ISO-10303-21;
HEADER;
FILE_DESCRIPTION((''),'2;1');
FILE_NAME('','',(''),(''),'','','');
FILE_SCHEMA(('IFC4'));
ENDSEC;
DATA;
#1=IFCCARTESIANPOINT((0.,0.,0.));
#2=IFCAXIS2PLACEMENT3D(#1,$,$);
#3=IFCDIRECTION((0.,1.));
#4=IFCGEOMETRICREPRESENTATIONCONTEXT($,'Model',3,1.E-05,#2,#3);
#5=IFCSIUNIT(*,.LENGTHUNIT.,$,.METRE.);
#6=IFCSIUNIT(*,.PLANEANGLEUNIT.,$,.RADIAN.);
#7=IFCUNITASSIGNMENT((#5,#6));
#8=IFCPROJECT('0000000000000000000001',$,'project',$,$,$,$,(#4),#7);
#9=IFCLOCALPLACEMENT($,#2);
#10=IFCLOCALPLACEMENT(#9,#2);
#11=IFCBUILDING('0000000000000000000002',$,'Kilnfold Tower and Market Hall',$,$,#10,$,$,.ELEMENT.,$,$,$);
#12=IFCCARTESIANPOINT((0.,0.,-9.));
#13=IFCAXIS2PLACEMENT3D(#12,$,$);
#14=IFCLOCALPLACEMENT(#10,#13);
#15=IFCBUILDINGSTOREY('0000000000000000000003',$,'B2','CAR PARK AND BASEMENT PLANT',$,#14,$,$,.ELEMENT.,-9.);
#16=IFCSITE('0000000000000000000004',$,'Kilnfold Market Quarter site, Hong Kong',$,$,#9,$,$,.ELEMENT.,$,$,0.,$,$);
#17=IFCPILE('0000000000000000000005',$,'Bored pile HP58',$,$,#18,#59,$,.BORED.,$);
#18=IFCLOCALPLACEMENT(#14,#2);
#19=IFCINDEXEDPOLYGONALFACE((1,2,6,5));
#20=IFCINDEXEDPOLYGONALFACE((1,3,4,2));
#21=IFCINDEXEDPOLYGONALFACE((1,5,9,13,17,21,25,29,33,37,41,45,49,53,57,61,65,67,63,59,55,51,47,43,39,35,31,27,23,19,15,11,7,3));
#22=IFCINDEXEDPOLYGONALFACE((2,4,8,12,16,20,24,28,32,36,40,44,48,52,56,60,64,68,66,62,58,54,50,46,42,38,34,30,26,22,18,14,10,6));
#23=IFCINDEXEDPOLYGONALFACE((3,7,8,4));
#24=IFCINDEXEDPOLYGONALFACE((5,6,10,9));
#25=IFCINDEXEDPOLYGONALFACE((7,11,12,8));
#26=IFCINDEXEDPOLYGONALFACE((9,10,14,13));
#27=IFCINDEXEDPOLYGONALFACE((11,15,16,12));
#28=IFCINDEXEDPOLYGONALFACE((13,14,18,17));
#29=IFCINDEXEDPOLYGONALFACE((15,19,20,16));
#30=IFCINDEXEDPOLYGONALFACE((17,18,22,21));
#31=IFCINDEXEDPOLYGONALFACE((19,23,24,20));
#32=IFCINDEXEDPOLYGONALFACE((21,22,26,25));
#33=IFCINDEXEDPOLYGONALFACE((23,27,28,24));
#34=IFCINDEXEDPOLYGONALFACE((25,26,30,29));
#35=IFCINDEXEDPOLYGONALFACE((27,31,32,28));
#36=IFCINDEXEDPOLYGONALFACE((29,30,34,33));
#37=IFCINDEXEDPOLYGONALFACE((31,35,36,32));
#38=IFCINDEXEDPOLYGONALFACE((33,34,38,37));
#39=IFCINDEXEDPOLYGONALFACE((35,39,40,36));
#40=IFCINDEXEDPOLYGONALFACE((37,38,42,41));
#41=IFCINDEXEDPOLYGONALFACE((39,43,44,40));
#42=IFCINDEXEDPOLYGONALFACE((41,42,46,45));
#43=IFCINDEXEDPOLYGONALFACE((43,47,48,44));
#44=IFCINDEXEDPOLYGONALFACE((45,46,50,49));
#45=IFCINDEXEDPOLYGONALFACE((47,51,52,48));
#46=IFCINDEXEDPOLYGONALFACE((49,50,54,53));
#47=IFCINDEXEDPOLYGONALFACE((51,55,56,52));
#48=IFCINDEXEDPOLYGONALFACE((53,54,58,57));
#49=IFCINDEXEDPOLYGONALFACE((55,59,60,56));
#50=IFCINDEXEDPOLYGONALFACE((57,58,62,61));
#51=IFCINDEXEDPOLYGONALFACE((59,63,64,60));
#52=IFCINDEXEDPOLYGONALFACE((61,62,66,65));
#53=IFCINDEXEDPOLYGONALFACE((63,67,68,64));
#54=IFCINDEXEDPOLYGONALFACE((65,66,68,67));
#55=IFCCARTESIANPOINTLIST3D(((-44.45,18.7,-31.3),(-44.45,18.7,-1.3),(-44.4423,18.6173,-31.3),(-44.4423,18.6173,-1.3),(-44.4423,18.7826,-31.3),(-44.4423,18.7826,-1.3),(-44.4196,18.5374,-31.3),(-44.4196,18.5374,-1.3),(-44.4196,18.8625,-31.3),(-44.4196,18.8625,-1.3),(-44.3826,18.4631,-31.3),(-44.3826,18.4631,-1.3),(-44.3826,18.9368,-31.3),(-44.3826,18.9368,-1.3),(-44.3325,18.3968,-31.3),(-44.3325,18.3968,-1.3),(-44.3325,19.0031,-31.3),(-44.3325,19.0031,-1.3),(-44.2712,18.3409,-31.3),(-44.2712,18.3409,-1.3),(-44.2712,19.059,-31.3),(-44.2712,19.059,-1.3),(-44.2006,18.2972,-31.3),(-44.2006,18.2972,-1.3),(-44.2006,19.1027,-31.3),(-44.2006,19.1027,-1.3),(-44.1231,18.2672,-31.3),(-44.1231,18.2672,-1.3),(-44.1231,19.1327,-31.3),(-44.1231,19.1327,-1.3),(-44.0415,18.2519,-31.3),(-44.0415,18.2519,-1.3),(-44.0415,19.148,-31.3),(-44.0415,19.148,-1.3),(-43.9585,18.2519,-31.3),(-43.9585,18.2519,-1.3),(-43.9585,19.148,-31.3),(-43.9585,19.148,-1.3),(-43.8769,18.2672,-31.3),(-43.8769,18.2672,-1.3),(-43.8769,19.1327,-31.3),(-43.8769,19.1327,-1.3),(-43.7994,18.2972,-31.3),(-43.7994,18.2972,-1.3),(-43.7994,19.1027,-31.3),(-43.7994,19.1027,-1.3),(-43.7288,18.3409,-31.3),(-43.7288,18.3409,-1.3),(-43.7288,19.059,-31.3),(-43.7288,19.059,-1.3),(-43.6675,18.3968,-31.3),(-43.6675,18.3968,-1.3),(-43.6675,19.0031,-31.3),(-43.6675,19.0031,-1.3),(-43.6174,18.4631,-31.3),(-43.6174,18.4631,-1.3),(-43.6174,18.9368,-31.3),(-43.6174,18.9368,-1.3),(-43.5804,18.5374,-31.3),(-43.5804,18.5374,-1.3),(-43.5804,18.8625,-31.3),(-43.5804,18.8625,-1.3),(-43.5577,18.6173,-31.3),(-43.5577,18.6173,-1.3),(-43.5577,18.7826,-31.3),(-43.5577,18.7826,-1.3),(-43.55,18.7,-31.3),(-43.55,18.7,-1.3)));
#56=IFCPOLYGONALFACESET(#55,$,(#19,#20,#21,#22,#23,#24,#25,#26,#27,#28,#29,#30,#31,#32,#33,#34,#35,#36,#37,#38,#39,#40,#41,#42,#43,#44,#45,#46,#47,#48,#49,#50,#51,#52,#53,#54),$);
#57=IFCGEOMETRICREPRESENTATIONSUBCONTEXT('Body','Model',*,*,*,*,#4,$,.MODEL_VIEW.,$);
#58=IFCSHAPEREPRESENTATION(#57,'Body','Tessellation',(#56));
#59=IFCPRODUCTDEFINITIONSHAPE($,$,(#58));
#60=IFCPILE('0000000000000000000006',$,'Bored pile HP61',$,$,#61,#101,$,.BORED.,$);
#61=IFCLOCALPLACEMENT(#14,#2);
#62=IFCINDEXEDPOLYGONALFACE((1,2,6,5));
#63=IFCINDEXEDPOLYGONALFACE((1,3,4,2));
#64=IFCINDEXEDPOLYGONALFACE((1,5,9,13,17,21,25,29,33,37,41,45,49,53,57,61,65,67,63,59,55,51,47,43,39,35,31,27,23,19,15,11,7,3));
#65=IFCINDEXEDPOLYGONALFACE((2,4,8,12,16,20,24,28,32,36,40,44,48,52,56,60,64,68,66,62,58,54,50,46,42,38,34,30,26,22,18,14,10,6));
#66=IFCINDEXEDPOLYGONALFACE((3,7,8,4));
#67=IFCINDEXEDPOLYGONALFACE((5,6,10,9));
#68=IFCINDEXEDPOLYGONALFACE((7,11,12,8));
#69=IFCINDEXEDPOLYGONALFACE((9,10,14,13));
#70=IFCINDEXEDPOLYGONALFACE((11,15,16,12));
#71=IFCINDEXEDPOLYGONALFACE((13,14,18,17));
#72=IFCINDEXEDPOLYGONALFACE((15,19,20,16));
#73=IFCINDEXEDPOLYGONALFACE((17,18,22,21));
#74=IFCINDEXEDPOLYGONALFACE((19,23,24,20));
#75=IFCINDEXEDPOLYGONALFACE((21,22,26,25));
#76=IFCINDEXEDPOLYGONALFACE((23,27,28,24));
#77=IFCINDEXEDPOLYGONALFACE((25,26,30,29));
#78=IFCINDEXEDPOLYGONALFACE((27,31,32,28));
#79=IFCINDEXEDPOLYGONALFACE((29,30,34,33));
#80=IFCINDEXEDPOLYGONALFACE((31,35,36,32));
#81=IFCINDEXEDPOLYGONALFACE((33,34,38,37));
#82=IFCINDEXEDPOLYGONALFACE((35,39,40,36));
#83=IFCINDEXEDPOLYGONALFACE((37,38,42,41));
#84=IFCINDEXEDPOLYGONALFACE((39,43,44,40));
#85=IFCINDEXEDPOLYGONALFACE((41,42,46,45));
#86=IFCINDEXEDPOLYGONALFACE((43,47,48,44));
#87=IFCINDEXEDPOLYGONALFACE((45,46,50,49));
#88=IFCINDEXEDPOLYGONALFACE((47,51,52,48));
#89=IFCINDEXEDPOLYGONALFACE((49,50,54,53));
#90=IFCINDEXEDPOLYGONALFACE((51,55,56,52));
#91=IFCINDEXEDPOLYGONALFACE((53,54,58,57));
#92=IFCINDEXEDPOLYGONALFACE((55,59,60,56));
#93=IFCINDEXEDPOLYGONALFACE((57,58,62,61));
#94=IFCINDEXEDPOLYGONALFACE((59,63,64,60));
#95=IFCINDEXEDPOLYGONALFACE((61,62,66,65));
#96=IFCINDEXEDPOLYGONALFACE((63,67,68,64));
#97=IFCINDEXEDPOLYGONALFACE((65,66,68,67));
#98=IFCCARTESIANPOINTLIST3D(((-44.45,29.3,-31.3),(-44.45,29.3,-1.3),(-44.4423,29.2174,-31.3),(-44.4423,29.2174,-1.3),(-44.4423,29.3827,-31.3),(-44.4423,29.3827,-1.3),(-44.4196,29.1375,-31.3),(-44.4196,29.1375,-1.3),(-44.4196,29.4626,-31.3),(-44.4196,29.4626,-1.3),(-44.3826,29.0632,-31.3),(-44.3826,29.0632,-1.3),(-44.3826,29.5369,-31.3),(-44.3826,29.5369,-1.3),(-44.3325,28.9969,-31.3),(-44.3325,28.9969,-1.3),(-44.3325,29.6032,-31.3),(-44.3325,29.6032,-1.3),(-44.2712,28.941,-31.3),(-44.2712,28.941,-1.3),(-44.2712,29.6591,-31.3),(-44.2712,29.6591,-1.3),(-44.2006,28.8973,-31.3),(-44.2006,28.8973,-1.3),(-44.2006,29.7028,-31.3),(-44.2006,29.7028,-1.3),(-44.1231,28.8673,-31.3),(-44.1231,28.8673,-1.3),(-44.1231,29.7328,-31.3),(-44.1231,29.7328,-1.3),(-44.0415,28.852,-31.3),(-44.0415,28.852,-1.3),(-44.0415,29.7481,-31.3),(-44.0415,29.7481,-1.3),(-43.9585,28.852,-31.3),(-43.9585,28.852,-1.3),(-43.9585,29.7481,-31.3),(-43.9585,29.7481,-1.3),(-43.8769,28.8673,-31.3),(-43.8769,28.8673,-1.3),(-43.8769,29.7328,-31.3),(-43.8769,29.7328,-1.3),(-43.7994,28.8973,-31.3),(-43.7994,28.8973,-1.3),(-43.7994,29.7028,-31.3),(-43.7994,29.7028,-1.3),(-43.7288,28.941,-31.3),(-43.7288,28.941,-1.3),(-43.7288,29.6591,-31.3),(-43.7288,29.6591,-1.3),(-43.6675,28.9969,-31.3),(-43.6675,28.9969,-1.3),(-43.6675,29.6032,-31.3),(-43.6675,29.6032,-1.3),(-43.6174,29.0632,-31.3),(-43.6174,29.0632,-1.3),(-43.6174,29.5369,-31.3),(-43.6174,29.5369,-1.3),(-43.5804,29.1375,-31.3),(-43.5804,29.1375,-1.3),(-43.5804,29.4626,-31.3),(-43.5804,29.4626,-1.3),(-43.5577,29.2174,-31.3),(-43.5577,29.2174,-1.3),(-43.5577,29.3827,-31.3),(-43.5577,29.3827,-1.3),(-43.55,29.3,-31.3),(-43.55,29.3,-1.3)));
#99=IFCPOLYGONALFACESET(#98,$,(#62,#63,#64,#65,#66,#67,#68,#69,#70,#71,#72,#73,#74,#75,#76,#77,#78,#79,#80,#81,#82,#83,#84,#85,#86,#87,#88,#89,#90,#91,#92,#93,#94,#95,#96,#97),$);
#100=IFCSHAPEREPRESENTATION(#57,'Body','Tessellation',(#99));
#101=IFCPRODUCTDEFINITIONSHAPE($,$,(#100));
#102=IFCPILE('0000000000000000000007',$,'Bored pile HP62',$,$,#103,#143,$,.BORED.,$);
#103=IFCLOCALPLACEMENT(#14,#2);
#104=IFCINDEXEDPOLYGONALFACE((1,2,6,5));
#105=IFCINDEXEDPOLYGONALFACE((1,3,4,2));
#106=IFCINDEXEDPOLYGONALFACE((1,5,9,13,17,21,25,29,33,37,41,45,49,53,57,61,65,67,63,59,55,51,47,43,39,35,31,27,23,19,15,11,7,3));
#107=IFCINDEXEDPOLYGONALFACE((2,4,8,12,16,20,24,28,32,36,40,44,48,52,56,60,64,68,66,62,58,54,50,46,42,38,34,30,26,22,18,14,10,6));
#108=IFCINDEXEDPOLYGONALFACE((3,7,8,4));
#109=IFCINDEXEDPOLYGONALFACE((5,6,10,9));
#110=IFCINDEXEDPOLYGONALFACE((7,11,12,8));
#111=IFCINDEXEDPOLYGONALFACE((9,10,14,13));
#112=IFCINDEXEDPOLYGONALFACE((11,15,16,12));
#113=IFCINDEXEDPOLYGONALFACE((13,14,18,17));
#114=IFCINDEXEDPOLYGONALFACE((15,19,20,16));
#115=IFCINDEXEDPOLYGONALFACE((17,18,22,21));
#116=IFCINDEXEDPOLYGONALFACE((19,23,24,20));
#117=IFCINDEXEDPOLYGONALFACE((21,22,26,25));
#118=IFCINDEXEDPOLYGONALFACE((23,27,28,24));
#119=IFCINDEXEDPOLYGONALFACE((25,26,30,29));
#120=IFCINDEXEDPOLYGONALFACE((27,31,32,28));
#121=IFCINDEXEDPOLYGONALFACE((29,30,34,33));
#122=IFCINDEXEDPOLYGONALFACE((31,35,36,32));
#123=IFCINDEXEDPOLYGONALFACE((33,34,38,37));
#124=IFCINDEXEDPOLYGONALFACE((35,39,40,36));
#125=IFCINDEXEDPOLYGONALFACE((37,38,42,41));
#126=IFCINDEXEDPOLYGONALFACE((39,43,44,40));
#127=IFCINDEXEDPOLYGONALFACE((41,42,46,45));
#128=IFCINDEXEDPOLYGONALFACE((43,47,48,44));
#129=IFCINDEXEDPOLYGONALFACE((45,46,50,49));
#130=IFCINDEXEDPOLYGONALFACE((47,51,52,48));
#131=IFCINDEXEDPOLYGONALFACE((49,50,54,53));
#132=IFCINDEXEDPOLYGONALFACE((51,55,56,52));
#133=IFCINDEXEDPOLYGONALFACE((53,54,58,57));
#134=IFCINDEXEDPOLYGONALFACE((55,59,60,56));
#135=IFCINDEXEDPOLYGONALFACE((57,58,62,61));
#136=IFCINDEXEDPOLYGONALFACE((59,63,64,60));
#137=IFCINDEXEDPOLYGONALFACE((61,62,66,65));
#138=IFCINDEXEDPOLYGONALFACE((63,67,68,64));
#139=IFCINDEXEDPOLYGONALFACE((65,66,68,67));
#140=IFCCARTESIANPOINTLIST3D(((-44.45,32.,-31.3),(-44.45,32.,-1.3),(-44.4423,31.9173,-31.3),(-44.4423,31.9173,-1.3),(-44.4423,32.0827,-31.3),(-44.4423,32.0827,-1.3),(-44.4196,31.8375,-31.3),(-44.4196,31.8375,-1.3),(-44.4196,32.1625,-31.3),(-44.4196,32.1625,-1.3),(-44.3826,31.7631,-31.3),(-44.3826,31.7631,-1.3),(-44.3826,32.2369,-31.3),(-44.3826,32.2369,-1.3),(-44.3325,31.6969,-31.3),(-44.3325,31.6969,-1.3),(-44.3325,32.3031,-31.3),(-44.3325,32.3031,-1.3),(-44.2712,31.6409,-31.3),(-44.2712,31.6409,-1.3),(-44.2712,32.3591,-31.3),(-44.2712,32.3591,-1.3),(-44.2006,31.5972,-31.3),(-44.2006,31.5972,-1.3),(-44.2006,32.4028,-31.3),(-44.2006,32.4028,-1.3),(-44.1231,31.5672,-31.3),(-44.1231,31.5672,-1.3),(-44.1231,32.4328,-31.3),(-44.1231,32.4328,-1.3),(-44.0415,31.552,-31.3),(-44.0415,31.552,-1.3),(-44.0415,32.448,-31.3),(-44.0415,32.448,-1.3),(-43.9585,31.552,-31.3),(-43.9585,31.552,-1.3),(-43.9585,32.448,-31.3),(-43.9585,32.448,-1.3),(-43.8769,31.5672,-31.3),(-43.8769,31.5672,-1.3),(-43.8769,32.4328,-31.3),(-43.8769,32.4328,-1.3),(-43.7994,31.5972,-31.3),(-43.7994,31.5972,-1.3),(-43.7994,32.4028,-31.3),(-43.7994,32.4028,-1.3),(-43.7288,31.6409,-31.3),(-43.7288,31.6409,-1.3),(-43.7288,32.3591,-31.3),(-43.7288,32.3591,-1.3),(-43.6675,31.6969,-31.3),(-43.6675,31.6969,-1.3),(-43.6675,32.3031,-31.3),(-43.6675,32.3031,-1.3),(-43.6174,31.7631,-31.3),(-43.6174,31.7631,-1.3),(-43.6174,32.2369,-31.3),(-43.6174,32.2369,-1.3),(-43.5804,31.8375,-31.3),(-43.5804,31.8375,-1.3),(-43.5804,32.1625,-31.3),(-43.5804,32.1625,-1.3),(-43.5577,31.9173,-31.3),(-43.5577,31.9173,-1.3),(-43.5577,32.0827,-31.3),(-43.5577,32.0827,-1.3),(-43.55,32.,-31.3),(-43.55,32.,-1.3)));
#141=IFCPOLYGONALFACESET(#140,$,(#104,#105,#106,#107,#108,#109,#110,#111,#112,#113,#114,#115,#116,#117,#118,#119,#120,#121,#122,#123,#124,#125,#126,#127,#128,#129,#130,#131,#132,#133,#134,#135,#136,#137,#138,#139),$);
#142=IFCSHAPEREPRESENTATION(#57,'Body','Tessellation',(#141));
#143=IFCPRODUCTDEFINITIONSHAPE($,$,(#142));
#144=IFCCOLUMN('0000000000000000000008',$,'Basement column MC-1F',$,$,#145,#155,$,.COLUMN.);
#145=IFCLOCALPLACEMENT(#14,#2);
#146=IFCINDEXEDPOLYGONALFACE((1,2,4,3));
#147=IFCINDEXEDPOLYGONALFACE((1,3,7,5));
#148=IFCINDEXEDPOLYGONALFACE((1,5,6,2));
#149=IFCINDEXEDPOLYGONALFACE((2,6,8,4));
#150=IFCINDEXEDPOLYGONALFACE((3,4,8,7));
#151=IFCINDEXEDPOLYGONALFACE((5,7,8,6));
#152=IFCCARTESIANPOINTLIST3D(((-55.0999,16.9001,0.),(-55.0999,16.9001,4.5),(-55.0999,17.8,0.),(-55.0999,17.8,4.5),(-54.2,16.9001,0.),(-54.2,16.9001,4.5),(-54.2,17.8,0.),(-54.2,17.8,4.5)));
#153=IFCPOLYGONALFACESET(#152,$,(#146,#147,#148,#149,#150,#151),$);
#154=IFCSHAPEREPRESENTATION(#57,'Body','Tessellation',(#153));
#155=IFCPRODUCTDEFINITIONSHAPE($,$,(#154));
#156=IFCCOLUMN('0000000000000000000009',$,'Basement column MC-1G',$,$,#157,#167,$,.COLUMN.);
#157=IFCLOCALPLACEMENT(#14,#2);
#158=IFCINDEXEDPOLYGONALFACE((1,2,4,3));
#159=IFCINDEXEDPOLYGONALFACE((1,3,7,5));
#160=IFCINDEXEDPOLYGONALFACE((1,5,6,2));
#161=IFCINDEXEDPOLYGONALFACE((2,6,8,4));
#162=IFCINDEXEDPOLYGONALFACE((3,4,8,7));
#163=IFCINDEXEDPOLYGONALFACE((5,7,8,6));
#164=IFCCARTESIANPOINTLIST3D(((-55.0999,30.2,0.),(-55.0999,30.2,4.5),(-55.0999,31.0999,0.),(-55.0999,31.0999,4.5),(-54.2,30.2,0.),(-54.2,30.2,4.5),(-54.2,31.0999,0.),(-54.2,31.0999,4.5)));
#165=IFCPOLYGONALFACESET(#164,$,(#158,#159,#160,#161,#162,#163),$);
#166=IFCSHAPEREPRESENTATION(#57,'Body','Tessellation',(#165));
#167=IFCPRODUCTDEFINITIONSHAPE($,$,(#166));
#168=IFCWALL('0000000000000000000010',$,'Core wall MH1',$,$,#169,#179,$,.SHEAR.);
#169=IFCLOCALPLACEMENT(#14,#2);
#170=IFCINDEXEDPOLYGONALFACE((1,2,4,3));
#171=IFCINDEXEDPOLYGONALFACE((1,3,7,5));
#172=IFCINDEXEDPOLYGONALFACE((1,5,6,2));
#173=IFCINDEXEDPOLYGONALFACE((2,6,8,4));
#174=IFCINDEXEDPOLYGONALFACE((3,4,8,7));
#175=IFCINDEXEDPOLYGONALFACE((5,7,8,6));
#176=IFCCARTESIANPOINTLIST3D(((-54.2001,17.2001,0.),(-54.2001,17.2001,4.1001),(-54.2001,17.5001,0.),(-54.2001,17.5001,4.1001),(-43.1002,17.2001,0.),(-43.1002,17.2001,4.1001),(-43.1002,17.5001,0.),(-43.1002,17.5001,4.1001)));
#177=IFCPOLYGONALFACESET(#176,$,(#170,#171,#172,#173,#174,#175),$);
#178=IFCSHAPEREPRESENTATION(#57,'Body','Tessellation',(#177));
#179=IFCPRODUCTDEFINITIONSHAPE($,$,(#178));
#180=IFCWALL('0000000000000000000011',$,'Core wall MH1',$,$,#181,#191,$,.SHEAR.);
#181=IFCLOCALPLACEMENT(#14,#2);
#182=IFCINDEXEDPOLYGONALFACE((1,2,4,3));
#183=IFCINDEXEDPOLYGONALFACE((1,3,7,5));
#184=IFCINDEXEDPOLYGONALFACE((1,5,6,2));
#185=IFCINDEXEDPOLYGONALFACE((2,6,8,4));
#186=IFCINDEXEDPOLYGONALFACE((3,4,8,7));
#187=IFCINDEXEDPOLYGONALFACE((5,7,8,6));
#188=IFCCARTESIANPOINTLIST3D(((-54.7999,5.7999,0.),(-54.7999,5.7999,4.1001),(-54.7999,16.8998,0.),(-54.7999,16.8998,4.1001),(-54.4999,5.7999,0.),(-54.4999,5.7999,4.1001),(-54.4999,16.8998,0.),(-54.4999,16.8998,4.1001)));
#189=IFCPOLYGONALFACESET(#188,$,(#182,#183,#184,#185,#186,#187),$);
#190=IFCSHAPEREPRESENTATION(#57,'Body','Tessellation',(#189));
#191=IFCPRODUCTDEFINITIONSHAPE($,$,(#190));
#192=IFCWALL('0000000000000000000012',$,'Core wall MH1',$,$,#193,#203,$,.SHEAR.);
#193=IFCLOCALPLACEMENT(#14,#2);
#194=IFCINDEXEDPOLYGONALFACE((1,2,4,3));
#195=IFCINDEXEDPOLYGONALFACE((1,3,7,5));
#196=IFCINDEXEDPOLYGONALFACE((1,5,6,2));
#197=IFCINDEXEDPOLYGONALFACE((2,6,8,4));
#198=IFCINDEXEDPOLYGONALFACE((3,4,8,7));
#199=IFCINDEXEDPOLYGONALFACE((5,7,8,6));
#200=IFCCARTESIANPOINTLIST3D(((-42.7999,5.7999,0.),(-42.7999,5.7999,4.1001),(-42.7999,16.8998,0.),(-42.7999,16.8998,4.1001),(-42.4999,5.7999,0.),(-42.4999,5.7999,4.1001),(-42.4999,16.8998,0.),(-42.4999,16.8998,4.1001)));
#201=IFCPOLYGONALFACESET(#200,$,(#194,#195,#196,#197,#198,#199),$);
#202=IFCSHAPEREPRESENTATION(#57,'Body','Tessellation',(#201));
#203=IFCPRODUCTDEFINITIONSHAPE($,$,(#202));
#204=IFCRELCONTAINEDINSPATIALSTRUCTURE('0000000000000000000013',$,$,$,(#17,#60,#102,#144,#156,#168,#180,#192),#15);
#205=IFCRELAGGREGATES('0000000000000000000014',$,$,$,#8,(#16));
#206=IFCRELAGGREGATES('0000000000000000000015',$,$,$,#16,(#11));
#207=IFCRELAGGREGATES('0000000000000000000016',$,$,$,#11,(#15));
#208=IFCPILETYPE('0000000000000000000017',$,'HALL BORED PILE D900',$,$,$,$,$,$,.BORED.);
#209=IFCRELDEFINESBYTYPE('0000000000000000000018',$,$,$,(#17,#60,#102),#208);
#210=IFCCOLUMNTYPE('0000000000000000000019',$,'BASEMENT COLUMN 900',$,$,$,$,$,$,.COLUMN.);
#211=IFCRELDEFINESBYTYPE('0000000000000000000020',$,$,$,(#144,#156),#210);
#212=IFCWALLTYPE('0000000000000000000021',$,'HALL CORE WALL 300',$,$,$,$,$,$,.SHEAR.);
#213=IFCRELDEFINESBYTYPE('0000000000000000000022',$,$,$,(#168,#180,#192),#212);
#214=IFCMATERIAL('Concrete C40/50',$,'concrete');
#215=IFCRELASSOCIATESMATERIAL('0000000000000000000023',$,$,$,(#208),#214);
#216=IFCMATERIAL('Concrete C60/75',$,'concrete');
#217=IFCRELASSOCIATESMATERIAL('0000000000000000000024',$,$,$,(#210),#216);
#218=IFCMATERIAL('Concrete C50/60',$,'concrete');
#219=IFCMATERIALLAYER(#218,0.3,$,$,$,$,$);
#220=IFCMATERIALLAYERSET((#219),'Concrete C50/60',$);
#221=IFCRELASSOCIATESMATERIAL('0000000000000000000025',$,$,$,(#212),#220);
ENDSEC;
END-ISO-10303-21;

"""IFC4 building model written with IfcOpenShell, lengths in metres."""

from ifc_helpers import new_model, si_unit, direction, frame, frame_2d, origin, origin_2d, place, context, subcontext, project, spatial, rectangle, circle, extrude, source, transform, mapped, material, layer, layer_set, material_profile, profile_set, type_object, element, save


model = new_model("IFC4")

# Units and contexts
model_context = context("Model", 3, precision=1e-05, world=origin(), true_north=direction((0.0, 1.0)))
body_context = subcontext(model_context, "Body", "Model", "MODEL_VIEW")
ifc_project = project(units=[si_unit("LENGTHUNIT", "METRE"), si_unit("PLANEANGLEUNIT", "RADIAN")], contexts=[model_context])

# Site, building, storey
site_placement = place(None, origin())
site = spatial("IfcSite", under=ifc_project, at=site_placement, Name="Kilnfold Market Quarter site, Hong Kong", CompositionType="ELEMENT", RefElevation=0.0)
building_placement = place(site_placement, origin())
building = spatial("IfcBuilding", under=site, at=building_placement, Name="Kilnfold Tower and Market Hall", CompositionType="ELEMENT")
storey_placement = place(building_placement, frame((0.0, 0.0, -9.0)))
storey = spatial("IfcBuildingStorey", under=building, at=storey_placement, Name="B2", Description="CAR PARK AND BASEMENT PLANT", CompositionType="ELEMENT", Elevation=-9.0)

# Piles
ifc_material_1 = material(Name="Concrete C40/50", Category="concrete")
ifc_material_profile_1 = material_profile(ifc_material_1, circle(Radius=0.45, at=origin_2d()), Name="D900")
ifc_profile_set_1 = profile_set([ifc_material_profile_1], Name="Concrete C40/50")
pile_type = type_object("IfcPileType", Name="HALL BORED PILE D900", PredefinedType="BORED", material=ifc_profile_set_1)
shared_shape_1 = source(origin(), body_context, "Body", "SweptSolid", [
    extrude(circle(Radius=0.45, at=origin_2d()), origin(), (0.0, 0.0, 1.0), 30.0),
])
for number, where, z_axis, x_axis, name in (
    (1, (-44.0, 18.7, -1.3), (0.0, 0.0, -1.0), (1.0, 0.0, 0.0), "Bored pile HP58"),
    (2, (-44.0, 29.3, -1.3), (0.0, 0.0, -1.0), (1.0, 0.0, 0.0), "Bored pile HP61"),
    (3, (-44.0, 32.0, -1.3), (0.0, 0.0, -1.0), (1.0, 0.0, 0.0), "Bored pile HP62"),
):
    element("IfcPile", number, at=place(storey_placement, frame(where, z_axis=z_axis, x_axis=x_axis)), inside=storey, type_object=pile_type, Name=name, PredefinedType="BORED", context=body_context, shape_type="MappedRepresentation", body=[
        mapped(shared_shape_1, transform((0.0, 0.0, 0.0))),
    ])

# Columns
ifc_material_2 = material(Name="Concrete C60/75", Category="concrete")
ifc_material_profile_2 = material_profile(ifc_material_2, rectangle(XDim=0.8999, YDim=0.8999, at=origin_2d()), Name="RC 900x900")
ifc_profile_set_2 = profile_set([ifc_material_profile_2], Name="Concrete C60/75")
column_type = type_object("IfcColumnType", Name="BASEMENT COLUMN 900", PredefinedType="COLUMN", material=ifc_profile_set_2)
shared_shape_2 = source(origin(), body_context, "Body", "SweptSolid", [
    extrude(rectangle(XDim=0.8999, YDim=0.8999, at=origin_2d()), origin(), (0.0, 0.0, 1.0), 4.5),
])
for number, where, z_axis, x_axis, name in (
    (4, (-54.6499, 17.3501, 0.0), (0.0, 0.0, 1.0), (1.0, 0.0, 0.0), "Basement column MC-1F"),
    (5, (-54.6499, 30.6499, 0.0), (0.0, 0.0, 1.0), (1.0, 0.0, 0.0), "Basement column MC-1G"),
):
    element("IfcColumn", number, at=place(storey_placement, frame(where, z_axis=z_axis, x_axis=x_axis)), inside=storey, type_object=column_type, Name=name, PredefinedType="COLUMN", context=body_context, shape_type="MappedRepresentation", body=[
        mapped(shared_shape_2, transform((0.0, 0.0, 0.0))),
    ])

# Walls
ifc_material_3 = material(Name="Concrete C50/60", Category="concrete")
ifc_layer = layer(ifc_material_3, 0.3)
ifc_layer_set = layer_set([ifc_layer], Name="Concrete C50/60")
wall_type = type_object("IfcWallType", Name="HALL CORE WALL 300", PredefinedType="SHEAR", material=ifc_layer_set)
shared_shape_3 = source(origin(), body_context, "Body", "SweptSolid", [
    extrude(rectangle(XDim=11.0999, YDim=0.3, at=frame_2d((5.5498, 0.0))), origin(), (0.0, 0.0, 1.0), 4.1001),
])
for number, where, z_axis, x_axis, name in (
    (6, (-54.2, 17.3501, 0.0), (0.0, 0.0, 1.0), (1.0, 0.0, 0.0), "Core wall MH1"),
    (7, (-54.6499, 5.8, 0.0), (0.0, 0.0, 1.0), (0.0, 1.0, 0.0), "Core wall MH1"),
    (8, (-42.6499, 5.8, 0.0), (0.0, 0.0, 1.0), (0.0, 1.0, 0.0), "Core wall MH1"),
):
    element("IfcWall", number, at=place(storey_placement, frame(where, z_axis=z_axis, x_axis=x_axis)), inside=storey, type_object=wall_type, Name=name, PredefinedType="SHEAR", context=body_context, shape_type="MappedRepresentation", body=[
        mapped(shared_shape_3, transform((0.0, 0.0, 0.0))),
    ])

save(model, "model.ifc")
